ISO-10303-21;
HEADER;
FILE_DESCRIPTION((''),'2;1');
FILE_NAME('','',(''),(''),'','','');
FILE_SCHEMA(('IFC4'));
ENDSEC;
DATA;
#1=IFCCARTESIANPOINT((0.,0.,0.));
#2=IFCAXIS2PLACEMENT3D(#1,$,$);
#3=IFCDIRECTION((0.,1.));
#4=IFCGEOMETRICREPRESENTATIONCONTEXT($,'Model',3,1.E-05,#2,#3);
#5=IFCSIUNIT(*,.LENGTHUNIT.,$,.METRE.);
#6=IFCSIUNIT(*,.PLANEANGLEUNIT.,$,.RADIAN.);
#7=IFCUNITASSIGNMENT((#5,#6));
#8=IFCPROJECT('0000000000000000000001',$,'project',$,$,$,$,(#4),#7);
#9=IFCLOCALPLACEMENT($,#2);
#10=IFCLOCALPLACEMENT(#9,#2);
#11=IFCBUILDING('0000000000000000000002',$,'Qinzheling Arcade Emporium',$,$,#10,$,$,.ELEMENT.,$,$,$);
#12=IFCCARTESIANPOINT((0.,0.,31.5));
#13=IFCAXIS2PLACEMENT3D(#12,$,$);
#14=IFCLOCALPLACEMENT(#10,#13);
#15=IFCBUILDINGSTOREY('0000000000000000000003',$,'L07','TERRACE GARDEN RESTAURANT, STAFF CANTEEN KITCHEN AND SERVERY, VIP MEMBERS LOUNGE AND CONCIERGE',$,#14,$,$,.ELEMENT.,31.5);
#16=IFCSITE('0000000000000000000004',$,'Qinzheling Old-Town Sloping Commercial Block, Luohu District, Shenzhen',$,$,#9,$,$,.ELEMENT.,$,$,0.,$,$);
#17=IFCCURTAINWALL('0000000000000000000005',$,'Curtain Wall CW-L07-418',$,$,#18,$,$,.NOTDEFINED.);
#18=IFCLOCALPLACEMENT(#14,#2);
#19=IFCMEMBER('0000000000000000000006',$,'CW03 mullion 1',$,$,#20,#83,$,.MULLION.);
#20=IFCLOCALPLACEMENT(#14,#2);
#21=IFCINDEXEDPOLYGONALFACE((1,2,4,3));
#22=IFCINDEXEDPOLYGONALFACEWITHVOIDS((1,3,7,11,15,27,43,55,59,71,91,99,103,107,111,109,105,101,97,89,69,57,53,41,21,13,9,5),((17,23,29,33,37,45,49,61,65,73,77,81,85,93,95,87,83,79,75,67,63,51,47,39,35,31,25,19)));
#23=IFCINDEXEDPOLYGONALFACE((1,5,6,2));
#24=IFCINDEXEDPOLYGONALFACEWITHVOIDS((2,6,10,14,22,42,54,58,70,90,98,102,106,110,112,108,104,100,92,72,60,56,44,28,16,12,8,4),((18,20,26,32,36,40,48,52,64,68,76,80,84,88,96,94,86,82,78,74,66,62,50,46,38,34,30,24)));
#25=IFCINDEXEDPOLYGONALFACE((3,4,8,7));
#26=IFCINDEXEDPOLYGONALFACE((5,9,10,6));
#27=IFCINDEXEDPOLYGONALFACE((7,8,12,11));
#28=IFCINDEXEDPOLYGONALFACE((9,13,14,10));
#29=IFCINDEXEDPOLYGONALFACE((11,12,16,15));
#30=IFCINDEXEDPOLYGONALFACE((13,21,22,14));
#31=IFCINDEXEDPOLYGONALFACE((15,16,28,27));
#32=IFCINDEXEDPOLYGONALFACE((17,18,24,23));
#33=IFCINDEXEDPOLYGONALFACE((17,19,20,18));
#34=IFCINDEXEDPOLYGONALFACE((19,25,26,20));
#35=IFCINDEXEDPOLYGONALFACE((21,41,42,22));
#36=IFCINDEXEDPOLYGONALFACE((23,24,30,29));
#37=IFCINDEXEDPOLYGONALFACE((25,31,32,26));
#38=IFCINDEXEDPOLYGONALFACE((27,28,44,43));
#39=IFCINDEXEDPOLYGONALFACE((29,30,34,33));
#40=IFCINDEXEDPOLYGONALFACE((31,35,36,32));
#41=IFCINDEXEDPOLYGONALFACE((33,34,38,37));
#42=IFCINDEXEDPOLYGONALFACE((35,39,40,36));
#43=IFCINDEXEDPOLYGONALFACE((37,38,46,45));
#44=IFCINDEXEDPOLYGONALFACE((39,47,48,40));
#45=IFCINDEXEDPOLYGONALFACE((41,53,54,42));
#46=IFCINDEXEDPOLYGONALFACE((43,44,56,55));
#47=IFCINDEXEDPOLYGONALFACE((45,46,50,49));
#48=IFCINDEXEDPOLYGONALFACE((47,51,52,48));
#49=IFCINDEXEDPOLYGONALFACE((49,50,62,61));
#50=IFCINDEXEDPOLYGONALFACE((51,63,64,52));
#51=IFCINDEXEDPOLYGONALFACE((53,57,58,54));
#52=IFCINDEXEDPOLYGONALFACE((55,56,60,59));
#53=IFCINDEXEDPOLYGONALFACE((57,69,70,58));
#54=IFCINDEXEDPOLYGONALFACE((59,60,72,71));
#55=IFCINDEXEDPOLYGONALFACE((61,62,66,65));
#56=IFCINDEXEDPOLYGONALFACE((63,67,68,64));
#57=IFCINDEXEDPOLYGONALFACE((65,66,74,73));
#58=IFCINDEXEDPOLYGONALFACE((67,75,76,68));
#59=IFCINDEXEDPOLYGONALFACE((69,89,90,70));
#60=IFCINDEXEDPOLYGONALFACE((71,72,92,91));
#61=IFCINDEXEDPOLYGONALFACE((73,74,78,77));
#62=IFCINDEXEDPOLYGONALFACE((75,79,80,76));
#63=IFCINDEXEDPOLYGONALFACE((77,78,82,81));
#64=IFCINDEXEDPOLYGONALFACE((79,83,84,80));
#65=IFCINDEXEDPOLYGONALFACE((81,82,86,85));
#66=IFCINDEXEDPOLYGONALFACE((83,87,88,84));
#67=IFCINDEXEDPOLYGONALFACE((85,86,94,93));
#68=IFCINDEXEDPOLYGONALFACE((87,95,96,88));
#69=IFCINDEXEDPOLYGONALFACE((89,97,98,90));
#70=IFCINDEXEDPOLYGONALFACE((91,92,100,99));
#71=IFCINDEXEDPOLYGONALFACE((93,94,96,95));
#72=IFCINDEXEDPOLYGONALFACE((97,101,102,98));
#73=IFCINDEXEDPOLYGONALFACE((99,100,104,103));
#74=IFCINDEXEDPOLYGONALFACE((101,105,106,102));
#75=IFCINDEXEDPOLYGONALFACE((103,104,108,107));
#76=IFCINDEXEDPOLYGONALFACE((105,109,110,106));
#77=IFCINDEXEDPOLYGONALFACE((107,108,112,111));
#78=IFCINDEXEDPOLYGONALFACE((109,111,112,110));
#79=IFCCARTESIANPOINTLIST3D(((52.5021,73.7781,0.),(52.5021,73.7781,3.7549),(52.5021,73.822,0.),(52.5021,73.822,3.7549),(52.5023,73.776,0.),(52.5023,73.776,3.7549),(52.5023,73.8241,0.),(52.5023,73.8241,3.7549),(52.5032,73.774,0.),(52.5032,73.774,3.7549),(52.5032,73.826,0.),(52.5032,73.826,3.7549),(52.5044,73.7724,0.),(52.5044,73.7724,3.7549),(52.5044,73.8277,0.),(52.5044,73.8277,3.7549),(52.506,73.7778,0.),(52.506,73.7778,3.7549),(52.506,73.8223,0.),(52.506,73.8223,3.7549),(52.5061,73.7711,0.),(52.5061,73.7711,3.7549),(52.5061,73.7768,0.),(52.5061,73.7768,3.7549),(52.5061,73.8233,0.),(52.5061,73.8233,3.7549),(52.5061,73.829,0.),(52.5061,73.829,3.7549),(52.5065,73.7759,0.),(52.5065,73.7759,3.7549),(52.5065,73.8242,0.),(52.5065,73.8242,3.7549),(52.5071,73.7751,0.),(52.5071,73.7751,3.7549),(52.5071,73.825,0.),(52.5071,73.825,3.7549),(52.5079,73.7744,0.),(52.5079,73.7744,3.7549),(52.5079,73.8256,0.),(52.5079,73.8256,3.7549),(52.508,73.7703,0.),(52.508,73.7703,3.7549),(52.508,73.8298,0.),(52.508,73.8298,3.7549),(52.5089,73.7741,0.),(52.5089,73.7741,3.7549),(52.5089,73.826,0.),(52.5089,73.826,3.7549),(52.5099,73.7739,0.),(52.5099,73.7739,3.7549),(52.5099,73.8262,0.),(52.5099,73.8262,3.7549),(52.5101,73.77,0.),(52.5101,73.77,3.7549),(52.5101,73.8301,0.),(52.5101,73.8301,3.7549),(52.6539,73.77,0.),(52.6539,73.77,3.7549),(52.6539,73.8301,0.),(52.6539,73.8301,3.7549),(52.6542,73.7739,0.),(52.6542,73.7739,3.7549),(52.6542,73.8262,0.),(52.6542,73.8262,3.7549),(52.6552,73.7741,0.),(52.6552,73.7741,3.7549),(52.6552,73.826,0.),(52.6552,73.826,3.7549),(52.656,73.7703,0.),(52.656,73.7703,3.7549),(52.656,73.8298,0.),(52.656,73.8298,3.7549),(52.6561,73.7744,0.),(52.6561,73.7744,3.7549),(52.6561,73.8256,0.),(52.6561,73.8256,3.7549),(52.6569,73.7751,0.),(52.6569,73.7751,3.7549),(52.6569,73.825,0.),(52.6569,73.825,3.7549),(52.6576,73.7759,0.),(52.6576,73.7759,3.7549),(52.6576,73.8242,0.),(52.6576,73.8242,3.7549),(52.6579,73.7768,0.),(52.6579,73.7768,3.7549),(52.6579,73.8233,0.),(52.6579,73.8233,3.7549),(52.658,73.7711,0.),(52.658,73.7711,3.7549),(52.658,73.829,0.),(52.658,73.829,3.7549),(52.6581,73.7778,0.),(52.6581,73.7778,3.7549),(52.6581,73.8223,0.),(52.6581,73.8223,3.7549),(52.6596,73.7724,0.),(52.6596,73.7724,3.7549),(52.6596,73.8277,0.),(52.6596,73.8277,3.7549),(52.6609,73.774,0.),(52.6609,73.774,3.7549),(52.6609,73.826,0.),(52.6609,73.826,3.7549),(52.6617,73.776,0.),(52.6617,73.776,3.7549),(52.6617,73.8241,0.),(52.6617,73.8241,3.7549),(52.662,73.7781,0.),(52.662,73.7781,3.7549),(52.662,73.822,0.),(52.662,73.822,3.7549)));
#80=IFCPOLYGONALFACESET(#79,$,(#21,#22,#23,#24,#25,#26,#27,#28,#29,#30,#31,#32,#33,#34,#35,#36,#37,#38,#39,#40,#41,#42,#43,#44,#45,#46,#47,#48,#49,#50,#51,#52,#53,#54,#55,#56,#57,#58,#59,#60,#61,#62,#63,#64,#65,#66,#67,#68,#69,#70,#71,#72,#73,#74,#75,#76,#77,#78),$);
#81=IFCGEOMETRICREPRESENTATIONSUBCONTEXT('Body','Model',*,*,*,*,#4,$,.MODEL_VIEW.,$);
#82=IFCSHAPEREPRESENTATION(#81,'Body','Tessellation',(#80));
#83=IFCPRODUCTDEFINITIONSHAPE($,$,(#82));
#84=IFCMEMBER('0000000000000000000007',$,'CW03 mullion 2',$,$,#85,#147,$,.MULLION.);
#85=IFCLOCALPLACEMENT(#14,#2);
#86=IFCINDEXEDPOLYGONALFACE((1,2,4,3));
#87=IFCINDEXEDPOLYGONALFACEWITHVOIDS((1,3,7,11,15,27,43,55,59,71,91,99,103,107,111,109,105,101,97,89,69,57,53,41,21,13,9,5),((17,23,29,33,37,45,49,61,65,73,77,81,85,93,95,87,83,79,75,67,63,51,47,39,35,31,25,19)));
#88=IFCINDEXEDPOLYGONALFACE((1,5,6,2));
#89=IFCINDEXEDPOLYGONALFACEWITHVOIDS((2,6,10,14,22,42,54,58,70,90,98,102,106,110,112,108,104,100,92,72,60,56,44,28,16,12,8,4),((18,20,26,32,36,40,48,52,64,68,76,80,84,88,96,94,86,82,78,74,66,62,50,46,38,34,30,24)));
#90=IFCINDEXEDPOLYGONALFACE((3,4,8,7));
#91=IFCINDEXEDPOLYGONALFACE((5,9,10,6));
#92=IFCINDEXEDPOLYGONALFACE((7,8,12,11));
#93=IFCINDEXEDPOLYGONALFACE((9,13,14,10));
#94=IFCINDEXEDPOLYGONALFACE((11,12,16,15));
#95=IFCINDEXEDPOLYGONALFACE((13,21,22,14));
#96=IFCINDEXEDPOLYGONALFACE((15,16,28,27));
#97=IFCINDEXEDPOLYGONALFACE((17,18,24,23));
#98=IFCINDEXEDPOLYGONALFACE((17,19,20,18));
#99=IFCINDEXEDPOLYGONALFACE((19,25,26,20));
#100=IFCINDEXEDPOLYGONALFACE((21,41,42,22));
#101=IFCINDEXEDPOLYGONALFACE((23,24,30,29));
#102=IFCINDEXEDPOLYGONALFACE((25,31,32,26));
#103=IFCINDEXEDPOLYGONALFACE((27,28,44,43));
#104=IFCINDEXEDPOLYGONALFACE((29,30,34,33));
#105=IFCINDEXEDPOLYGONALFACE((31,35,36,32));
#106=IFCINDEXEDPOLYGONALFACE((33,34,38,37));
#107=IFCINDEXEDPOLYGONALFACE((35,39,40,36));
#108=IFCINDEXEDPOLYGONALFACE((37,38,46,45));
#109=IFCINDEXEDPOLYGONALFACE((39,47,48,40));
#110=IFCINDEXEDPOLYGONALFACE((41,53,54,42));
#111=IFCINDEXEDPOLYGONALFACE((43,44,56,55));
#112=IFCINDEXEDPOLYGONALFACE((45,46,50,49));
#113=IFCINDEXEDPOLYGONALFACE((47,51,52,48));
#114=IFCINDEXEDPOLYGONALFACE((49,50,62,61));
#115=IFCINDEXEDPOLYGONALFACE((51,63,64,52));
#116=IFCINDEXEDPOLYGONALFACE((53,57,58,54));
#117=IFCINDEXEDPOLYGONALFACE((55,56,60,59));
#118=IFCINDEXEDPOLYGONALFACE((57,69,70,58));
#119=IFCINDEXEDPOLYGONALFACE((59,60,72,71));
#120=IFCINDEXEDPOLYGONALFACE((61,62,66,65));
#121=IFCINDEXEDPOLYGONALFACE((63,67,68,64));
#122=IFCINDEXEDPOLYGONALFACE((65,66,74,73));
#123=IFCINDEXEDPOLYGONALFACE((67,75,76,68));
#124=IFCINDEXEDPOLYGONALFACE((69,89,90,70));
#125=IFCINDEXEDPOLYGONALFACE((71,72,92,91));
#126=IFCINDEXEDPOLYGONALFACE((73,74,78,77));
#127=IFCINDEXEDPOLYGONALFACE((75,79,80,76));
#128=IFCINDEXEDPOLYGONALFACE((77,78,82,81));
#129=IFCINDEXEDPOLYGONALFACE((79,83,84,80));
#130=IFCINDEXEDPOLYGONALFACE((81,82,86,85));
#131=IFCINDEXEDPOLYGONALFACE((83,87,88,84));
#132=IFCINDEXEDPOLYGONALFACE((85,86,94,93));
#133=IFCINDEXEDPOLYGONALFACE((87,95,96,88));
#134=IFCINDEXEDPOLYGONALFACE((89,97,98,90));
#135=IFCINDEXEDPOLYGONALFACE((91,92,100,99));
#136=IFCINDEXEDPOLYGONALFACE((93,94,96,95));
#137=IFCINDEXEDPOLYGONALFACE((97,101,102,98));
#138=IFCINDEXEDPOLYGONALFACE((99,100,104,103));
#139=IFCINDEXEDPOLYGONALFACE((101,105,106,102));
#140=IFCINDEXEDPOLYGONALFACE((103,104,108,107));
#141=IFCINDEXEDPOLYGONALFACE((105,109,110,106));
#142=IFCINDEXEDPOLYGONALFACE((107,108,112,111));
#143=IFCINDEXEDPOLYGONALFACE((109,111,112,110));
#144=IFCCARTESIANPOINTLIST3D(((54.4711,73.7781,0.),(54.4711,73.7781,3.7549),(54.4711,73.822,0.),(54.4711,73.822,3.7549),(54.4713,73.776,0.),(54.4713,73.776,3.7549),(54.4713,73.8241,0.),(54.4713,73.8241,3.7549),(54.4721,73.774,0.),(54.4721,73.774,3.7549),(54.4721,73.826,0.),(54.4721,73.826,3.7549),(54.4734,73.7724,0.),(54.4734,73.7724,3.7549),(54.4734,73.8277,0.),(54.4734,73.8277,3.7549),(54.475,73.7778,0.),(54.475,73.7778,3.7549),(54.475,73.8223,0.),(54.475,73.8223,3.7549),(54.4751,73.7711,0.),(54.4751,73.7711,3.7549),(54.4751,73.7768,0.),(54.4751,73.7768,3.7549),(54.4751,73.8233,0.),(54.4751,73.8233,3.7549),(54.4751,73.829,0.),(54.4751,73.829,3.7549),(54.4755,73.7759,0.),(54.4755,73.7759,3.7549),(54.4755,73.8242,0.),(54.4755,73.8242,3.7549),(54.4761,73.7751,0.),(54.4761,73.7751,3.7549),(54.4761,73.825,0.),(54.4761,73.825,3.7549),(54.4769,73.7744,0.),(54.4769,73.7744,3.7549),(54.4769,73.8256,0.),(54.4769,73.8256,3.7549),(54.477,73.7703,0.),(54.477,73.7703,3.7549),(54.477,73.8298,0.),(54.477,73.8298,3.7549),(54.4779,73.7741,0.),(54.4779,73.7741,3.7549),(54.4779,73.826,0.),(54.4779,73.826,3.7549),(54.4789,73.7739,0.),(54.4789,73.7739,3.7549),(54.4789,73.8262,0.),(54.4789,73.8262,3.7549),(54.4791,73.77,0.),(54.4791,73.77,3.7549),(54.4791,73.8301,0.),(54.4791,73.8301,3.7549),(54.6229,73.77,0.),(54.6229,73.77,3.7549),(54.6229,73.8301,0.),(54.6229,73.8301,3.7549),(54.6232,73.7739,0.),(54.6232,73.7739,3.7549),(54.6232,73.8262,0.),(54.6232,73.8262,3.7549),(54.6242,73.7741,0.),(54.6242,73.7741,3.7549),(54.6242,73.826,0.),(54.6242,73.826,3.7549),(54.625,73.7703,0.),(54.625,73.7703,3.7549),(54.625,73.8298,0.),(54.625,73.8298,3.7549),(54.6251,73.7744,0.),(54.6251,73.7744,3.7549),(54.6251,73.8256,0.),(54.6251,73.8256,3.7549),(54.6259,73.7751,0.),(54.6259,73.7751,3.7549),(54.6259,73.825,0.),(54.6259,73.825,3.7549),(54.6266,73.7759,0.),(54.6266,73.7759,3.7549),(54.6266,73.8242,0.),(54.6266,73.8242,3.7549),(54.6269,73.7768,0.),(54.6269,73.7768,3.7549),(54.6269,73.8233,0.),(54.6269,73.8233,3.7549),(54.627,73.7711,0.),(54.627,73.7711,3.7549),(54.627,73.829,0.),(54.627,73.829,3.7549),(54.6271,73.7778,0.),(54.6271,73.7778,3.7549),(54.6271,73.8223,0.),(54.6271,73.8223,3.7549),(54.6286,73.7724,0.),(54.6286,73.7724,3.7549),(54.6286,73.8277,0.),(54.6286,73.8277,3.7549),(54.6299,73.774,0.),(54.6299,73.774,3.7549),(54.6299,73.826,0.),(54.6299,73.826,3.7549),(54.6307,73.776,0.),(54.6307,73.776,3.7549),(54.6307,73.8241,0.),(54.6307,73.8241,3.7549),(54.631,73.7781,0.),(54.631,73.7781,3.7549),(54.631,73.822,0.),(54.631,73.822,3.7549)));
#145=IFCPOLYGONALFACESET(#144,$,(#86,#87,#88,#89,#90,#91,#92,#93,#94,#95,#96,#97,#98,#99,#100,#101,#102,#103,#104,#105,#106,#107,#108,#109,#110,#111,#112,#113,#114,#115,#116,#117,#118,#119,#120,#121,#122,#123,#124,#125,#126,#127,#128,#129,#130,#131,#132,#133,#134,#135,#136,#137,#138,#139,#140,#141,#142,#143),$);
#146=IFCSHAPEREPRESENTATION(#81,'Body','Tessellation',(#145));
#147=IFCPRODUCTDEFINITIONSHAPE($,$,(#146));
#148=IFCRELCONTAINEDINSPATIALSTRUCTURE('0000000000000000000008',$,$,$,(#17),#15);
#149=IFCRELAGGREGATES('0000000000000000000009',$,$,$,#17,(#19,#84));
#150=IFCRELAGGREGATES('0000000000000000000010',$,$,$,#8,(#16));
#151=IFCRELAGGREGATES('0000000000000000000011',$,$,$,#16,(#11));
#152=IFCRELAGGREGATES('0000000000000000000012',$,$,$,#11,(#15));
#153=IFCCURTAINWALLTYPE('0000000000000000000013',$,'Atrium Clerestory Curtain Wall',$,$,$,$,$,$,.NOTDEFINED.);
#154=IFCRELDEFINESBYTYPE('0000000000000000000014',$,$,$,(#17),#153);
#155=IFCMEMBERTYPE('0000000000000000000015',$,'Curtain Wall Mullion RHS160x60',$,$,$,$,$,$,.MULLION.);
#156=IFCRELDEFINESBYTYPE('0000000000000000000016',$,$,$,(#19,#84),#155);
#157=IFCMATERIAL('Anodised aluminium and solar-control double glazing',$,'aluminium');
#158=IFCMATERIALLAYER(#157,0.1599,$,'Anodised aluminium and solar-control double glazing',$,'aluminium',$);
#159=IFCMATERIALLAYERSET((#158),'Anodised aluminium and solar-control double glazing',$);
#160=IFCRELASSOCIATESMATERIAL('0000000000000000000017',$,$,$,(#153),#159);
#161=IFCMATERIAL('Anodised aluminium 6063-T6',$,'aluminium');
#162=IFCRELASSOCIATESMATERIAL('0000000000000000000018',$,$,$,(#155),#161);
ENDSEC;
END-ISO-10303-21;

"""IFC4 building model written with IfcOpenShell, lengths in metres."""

from ifc_helpers import new_model, si_unit, direction, frame, origin, origin_2d, place, context, subcontext, project, spatial, hollow_rectangle, extrude, material, layer, layer_set, material_profile, profile_set, type_object, element, aggregate, save


model = new_model("IFC4")

# Units and contexts
model_context = context("Model", 3, precision=1e-05, world=origin(), true_north=direction((0.0, 1.0)))
body_context = subcontext(model_context, "Body", "Model", "MODEL_VIEW")
ifc_project = project(units=[si_unit("LENGTHUNIT", "METRE"), si_unit("PLANEANGLEUNIT", "RADIAN")], contexts=[model_context])

# Site, building, storey
site_placement = place(None, origin())
site = spatial("IfcSite", under=ifc_project, at=site_placement, Name="Qinzheling Old-Town Sloping Commercial Block, Luohu District, Shenzhen", CompositionType="ELEMENT", RefElevation=0.0)
building_placement = place(site_placement, origin())
building = spatial("IfcBuilding", under=site, at=building_placement, Name="Qinzheling Arcade Emporium", CompositionType="ELEMENT")
storey_placement = place(building_placement, frame((0.0, 0.0, 31.5)))
storey = spatial("IfcBuildingStorey", under=building, at=storey_placement, Name="L07", Description="TERRACE GARDEN RESTAURANT, STAFF CANTEEN KITCHEN AND SERVERY, VIP MEMBERS LOUNGE AND CONCIERGE", CompositionType="ELEMENT", Elevation=31.5)

# Curtain wall, members
ifc_material_1 = material(Name="Anodised aluminium and solar-control double glazing", Category="aluminium")
ifc_layer_1 = layer(ifc_material_1, 0.1599, Name="Anodised aluminium and solar-control double glazing", Category="aluminium")
ifc_layer_set_1 = layer_set([ifc_layer_1], Name="Anodised aluminium and solar-control double glazing")
curtain_wall_type = type_object("IfcCurtainWallType", Name="Atrium Clerestory Curtain Wall", PredefinedType="NOTDEFINED", material=ifc_layer_set_1)
curtain_wall_placement = place(storey_placement, origin())
curtain_wall = element("IfcCurtainWall", 1, at=curtain_wall_placement, inside=storey, type_object=curtain_wall_type, Name="Curtain Wall CW-L07-418", PredefinedType="NOTDEFINED")
ifc_material_2 = material(Name="Anodised aluminium 6063-T6", Category="aluminium")
ifc_material_profile_1 = material_profile(ifc_material_2, hollow_rectangle(XDim=0.0601, YDim=0.1599, WallThickness=0.0039, InnerFilletRadius=0.0039, OuterFilletRadius=0.0081, at=origin_2d()), Name="RHS 160x60x4", Category="aluminium")
ifc_profile_set_1 = profile_set([ifc_material_profile_1], Name="Anodised aluminium 6063-T6")
member_type_1 = type_object("IfcMemberType", Name="Curtain Wall Mullion RHS160x60", PredefinedType="MULLION", material=ifc_profile_set_1)
member_1_placement = place(storey_placement, frame((52.582, 73.8, 0.0), z_axis=(0.0, 0.0, 1.0), x_axis=(0.0, 1.0, 0.0)))
member_1 = element("IfcMember", 2, at=member_1_placement, type_object=member_type_1, Name="CW03 mullion 1", PredefinedType="MULLION", context=body_context, shape_type="SweptSolid", body=[
    extrude(hollow_rectangle(XDim=0.0601, YDim=0.1599, WallThickness=0.0039, InnerFilletRadius=0.0039, OuterFilletRadius=0.0081, at=origin_2d()), origin(), (0.0, 0.0, 1.0), 3.7549),
])
member_2_placement = place(storey_placement, frame((54.551, 73.8, 0.0), z_axis=(0.0, 0.0, 1.0), x_axis=(0.0, 1.0, 0.0)))
member_2 = element("IfcMember", 3, at=member_2_placement, type_object=member_type_1, Name="CW03 mullion 2", PredefinedType="MULLION", context=body_context, shape_type="SweptSolid", body=[
    extrude(hollow_rectangle(XDim=0.0601, YDim=0.1599, WallThickness=0.0039, InnerFilletRadius=0.0039, OuterFilletRadius=0.0081, at=origin_2d()), origin(), (0.0, 0.0, 1.0), 3.7549),
])

aggregate(curtain_wall, [member_1, member_2])

save(model, "model.ifc")
